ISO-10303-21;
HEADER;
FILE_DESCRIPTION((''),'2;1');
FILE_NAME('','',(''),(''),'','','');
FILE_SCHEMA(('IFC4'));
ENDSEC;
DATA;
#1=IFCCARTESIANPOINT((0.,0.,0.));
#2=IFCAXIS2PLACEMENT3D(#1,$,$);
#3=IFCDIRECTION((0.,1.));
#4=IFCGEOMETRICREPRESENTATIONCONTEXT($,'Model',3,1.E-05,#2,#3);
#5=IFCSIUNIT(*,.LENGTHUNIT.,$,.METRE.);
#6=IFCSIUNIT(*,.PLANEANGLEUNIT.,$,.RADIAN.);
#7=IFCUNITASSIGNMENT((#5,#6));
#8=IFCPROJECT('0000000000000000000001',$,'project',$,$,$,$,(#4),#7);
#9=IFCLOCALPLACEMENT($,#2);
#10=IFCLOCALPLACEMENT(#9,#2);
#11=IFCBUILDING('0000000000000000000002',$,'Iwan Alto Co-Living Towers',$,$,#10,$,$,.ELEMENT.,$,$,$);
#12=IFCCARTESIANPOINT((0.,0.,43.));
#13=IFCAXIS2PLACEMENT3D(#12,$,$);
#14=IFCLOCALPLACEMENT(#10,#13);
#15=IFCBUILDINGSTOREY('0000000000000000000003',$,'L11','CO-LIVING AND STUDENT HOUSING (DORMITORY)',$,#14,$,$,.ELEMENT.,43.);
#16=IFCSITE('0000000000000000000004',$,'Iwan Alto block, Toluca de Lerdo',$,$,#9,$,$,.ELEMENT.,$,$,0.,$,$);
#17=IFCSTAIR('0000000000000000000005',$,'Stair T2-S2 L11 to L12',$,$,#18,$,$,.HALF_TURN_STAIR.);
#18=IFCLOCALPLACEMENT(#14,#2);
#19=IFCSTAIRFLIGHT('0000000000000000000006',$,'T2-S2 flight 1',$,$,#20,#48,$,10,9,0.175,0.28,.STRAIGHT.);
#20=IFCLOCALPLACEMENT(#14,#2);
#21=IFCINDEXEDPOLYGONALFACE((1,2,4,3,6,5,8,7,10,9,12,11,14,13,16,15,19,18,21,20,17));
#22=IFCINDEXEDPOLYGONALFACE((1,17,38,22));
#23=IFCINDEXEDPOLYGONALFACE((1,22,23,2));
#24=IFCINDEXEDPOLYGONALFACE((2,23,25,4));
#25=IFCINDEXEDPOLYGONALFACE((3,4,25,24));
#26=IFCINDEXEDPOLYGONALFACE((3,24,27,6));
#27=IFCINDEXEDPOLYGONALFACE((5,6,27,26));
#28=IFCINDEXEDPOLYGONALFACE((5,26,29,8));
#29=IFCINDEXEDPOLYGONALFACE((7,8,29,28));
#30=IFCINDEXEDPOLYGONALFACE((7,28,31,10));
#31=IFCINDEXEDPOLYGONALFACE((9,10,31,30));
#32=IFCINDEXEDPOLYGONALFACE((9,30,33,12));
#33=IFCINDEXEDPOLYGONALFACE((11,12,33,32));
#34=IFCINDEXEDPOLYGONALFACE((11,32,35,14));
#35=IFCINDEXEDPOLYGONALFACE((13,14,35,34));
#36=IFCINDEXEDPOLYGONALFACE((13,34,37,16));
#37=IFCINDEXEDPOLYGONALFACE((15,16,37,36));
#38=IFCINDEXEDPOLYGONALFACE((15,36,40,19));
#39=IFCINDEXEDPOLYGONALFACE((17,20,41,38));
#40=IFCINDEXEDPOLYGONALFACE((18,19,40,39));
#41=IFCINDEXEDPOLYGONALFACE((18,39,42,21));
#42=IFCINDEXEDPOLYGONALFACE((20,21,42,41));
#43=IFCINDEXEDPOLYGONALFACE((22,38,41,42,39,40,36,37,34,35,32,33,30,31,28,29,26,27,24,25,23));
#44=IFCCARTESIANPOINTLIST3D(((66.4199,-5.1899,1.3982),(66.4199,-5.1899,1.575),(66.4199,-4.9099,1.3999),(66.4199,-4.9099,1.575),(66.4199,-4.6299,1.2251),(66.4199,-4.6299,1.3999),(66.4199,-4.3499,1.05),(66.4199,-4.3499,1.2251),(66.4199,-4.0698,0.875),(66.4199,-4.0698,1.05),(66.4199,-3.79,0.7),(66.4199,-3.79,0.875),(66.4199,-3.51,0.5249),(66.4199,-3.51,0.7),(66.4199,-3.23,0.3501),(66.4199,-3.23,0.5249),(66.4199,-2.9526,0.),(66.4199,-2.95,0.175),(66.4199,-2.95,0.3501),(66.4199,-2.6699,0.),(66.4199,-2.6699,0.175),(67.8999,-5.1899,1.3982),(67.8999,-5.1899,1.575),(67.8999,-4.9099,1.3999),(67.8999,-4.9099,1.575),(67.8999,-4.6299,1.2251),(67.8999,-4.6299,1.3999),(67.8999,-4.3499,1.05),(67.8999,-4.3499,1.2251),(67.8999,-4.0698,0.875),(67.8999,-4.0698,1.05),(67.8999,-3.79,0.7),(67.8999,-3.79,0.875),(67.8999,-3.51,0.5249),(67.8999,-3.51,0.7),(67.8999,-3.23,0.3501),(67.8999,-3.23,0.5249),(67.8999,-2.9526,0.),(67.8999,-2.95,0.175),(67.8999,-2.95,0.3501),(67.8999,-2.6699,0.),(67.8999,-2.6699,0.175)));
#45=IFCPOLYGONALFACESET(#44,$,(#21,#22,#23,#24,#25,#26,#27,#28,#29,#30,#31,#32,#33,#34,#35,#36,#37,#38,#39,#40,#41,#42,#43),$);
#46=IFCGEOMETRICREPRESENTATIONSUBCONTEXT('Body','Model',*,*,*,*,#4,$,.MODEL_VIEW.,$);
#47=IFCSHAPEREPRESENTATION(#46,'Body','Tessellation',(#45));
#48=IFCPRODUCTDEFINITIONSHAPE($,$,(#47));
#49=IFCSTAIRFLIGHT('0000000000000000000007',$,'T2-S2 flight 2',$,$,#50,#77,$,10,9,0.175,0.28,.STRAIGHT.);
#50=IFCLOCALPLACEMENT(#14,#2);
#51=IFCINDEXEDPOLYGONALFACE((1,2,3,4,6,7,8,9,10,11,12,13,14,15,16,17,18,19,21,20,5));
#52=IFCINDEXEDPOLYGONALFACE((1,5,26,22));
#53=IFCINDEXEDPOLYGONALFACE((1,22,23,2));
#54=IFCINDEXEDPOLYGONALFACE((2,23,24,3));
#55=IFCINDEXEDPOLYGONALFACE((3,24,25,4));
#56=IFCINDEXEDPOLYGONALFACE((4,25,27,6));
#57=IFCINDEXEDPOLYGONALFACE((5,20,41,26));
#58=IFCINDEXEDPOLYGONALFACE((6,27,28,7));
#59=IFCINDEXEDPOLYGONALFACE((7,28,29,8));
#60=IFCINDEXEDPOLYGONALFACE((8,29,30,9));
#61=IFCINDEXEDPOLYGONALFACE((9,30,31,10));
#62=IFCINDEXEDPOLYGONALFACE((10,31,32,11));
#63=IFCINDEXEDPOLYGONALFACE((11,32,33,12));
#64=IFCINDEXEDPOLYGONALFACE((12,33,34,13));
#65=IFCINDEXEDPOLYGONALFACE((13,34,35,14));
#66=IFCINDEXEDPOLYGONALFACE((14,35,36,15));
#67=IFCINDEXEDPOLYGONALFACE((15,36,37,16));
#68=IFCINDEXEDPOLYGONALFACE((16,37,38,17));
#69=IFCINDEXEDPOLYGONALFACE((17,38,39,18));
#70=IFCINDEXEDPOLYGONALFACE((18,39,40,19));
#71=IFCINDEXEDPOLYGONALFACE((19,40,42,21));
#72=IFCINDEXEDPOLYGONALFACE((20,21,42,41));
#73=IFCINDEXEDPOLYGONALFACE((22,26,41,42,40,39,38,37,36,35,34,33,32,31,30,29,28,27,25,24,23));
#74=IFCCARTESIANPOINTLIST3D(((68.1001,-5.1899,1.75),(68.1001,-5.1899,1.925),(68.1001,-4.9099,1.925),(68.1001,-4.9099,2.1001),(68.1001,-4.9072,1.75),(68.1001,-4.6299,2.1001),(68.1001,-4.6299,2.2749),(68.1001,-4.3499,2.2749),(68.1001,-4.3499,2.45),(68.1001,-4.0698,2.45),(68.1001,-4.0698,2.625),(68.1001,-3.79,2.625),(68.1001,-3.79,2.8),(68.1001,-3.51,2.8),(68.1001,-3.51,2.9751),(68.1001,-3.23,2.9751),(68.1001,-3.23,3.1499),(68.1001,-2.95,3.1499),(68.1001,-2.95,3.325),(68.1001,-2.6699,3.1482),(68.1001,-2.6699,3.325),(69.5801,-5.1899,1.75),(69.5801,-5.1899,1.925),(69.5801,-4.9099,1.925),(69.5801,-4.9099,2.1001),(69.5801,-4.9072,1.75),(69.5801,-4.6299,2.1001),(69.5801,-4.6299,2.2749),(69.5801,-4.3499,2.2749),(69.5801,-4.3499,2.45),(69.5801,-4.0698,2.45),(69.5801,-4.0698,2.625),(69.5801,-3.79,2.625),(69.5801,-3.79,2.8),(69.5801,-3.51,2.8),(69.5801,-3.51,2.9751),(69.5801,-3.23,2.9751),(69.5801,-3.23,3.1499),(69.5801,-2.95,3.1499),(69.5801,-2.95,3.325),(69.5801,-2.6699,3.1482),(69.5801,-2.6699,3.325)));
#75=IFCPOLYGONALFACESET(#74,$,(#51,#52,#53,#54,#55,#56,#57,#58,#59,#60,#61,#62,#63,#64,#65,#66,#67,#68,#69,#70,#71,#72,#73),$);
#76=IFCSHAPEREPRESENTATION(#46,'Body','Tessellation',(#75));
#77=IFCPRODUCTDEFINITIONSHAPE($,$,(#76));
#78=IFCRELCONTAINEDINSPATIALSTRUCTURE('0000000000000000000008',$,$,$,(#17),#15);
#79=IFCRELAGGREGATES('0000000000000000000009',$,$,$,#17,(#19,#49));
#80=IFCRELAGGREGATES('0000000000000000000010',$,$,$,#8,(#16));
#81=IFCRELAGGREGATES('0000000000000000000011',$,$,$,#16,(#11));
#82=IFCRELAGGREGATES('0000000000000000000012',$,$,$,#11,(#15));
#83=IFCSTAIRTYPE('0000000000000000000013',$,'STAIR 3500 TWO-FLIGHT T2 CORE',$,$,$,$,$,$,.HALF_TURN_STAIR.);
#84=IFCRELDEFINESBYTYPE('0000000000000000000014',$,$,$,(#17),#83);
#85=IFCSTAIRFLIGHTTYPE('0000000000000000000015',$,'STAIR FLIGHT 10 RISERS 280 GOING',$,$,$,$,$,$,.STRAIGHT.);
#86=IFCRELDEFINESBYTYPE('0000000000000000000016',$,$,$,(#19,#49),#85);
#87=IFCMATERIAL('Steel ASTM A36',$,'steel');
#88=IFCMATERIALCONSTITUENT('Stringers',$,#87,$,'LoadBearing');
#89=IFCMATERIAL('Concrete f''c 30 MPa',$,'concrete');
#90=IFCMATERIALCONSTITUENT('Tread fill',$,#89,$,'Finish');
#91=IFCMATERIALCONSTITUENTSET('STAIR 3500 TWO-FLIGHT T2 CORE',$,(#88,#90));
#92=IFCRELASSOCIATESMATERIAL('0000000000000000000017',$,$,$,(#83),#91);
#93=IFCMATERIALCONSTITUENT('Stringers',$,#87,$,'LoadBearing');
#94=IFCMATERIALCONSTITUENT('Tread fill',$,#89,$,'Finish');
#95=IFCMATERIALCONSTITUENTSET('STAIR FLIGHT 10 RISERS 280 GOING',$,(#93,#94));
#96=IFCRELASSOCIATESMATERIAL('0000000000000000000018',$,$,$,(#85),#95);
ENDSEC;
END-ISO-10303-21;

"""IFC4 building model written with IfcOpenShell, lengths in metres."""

from ifc_helpers import new_model, si_unit, direction, frame, origin, place, context, subcontext, project, spatial, polyline, outline, extrude, material, constituent, constituent_set, type_object, element, aggregate, save


model = new_model("IFC4")

# Units and contexts
model_context = context("Model", 3, precision=1e-05, world=origin(), true_north=direction((0.0, 1.0)))
body_context = subcontext(model_context, "Body", "Model", "MODEL_VIEW")
ifc_project = project(units=[si_unit("LENGTHUNIT", "METRE"), si_unit("PLANEANGLEUNIT", "RADIAN")], contexts=[model_context])

# Site, building, storey
site_placement = place(None, origin())
site = spatial("IfcSite", under=ifc_project, at=site_placement, Name="Iwan Alto block, Toluca de Lerdo", CompositionType="ELEMENT", RefElevation=0.0)
building_placement = place(site_placement, origin())
building = spatial("IfcBuilding", under=site, at=building_placement, Name="Iwan Alto Co-Living Towers", CompositionType="ELEMENT")
storey_placement = place(building_placement, frame((0.0, 0.0, 43.0)))
storey = spatial("IfcBuildingStorey", under=building, at=storey_placement, Name="L11", Description="CO-LIVING AND STUDENT HOUSING (DORMITORY)", CompositionType="ELEMENT", Elevation=43.0)

# Stair, stair flights
ifc_material_1 = material(Name="Steel ASTM A36", Category="steel")
ifc_constituent_1 = constituent(ifc_material_1, Name="Stringers", Category="LoadBearing")
ifc_material_2 = material(Name="Concrete f'c 30 MPa", Category="concrete")
ifc_constituent_2 = constituent(ifc_material_2, Name="Tread fill", Category="Finish")
ifc_constituent_set_1 = constituent_set(constituents=[ifc_constituent_1, ifc_constituent_2], Name="STAIR 3500 TWO-FLIGHT T2 CORE")
stair_type = type_object("IfcStairType", Name="STAIR 3500 TWO-FLIGHT T2 CORE", PredefinedType="HALF_TURN_STAIR", material=ifc_constituent_set_1)
stair_placement = place(storey_placement, origin())
stair = element("IfcStair", 1, at=stair_placement, inside=storey, type_object=stair_type, Name="Stair T2-S2 L11 to L12", PredefinedType="HALF_TURN_STAIR")
ifc_constituent_3 = constituent(ifc_material_1, Name="Stringers", Category="LoadBearing")
ifc_constituent_4 = constituent(ifc_material_2, Name="Tread fill", Category="Finish")
ifc_constituent_set_2 = constituent_set(constituents=[ifc_constituent_3, ifc_constituent_4], Name="STAIR FLIGHT 10 RISERS 280 GOING")
stair_flight_type = type_object("IfcStairFlightType", Name="STAIR FLIGHT 10 RISERS 280 GOING", PredefinedType="STRAIGHT", material=ifc_constituent_set_2)
stair_flight_1_placement = place(storey_placement, frame((67.1599, -2.6699, 0.0), z_axis=(0.0, 0.0, 1.0), x_axis=(0.0, -1.0, 0.0)))
stair_flight_1 = element("IfcStairFlight", 2, at=stair_flight_1_placement, type_object=stair_flight_type, Name="T2-S2 flight 1", NumberOfRisers=10, NumberOfTreads=9, PredefinedType="STRAIGHT", RiserHeight=0.175, TreadLength=0.28, context=body_context, shape_type="SweptSolid", body=[
    extrude(outline(polyline([(0.0, 0.0), (0.0, 0.175), (0.28, 0.175), (0.28, 0.3501), (0.5601, 0.3501), (0.5601, 0.5249), (0.8401, 0.5249), (0.8401, 0.7), (1.1201, 0.7), (1.1201, 0.875), (1.3999, 0.875), (1.3999, 1.05), (1.6799, 1.05), (1.6799, 1.2251), (1.96, 1.2251), (1.96, 1.3999), (2.24, 1.3999), (2.24, 1.575), (2.52, 1.575), (2.52, 1.75), (2.52, 1.3982), (0.2827, 0.0), (0.0, 0.0)])), frame((0.0, 0.74, 0.0), z_axis=(0.0, -1.0, 0.0), x_axis=(1.0, 0.0, 0.0)), (0.0, 0.0, 1.0), 1.48),
])
stair_flight_2_placement = place(storey_placement, frame((68.8401, -5.1899, 1.75), z_axis=(0.0, 0.0, 1.0), x_axis=(0.0, 1.0, 0.0)))
stair_flight_2 = element("IfcStairFlight", 3, at=stair_flight_2_placement, type_object=stair_flight_type, Name="T2-S2 flight 2", NumberOfRisers=10, NumberOfTreads=9, PredefinedType="STRAIGHT", RiserHeight=0.175, TreadLength=0.28, context=body_context, shape_type="SweptSolid", body=[
    extrude(outline(polyline([(0.0, 0.0), (0.0, 0.175), (0.28, 0.175), (0.28, 0.3501), (0.5601, 0.3501), (0.5601, 0.5249), (0.8401, 0.5249), (0.8401, 0.7), (1.1201, 0.7), (1.1201, 0.875), (1.3999, 0.875), (1.3999, 1.05), (1.6799, 1.05), (1.6799, 1.2251), (1.96, 1.2251), (1.96, 1.3999), (2.24, 1.3999), (2.24, 1.575), (2.52, 1.575), (2.52, 1.75), (2.52, 1.3982), (0.2827, 0.0), (0.0, 0.0)])), frame((0.0, 0.74, 0.0), z_axis=(0.0, -1.0, 0.0), x_axis=(1.0, 0.0, 0.0)), (0.0, 0.0, 1.0), 1.48),
])
aggregate(stair, [stair_flight_1, stair_flight_2])

save(model, "model.ifc")
